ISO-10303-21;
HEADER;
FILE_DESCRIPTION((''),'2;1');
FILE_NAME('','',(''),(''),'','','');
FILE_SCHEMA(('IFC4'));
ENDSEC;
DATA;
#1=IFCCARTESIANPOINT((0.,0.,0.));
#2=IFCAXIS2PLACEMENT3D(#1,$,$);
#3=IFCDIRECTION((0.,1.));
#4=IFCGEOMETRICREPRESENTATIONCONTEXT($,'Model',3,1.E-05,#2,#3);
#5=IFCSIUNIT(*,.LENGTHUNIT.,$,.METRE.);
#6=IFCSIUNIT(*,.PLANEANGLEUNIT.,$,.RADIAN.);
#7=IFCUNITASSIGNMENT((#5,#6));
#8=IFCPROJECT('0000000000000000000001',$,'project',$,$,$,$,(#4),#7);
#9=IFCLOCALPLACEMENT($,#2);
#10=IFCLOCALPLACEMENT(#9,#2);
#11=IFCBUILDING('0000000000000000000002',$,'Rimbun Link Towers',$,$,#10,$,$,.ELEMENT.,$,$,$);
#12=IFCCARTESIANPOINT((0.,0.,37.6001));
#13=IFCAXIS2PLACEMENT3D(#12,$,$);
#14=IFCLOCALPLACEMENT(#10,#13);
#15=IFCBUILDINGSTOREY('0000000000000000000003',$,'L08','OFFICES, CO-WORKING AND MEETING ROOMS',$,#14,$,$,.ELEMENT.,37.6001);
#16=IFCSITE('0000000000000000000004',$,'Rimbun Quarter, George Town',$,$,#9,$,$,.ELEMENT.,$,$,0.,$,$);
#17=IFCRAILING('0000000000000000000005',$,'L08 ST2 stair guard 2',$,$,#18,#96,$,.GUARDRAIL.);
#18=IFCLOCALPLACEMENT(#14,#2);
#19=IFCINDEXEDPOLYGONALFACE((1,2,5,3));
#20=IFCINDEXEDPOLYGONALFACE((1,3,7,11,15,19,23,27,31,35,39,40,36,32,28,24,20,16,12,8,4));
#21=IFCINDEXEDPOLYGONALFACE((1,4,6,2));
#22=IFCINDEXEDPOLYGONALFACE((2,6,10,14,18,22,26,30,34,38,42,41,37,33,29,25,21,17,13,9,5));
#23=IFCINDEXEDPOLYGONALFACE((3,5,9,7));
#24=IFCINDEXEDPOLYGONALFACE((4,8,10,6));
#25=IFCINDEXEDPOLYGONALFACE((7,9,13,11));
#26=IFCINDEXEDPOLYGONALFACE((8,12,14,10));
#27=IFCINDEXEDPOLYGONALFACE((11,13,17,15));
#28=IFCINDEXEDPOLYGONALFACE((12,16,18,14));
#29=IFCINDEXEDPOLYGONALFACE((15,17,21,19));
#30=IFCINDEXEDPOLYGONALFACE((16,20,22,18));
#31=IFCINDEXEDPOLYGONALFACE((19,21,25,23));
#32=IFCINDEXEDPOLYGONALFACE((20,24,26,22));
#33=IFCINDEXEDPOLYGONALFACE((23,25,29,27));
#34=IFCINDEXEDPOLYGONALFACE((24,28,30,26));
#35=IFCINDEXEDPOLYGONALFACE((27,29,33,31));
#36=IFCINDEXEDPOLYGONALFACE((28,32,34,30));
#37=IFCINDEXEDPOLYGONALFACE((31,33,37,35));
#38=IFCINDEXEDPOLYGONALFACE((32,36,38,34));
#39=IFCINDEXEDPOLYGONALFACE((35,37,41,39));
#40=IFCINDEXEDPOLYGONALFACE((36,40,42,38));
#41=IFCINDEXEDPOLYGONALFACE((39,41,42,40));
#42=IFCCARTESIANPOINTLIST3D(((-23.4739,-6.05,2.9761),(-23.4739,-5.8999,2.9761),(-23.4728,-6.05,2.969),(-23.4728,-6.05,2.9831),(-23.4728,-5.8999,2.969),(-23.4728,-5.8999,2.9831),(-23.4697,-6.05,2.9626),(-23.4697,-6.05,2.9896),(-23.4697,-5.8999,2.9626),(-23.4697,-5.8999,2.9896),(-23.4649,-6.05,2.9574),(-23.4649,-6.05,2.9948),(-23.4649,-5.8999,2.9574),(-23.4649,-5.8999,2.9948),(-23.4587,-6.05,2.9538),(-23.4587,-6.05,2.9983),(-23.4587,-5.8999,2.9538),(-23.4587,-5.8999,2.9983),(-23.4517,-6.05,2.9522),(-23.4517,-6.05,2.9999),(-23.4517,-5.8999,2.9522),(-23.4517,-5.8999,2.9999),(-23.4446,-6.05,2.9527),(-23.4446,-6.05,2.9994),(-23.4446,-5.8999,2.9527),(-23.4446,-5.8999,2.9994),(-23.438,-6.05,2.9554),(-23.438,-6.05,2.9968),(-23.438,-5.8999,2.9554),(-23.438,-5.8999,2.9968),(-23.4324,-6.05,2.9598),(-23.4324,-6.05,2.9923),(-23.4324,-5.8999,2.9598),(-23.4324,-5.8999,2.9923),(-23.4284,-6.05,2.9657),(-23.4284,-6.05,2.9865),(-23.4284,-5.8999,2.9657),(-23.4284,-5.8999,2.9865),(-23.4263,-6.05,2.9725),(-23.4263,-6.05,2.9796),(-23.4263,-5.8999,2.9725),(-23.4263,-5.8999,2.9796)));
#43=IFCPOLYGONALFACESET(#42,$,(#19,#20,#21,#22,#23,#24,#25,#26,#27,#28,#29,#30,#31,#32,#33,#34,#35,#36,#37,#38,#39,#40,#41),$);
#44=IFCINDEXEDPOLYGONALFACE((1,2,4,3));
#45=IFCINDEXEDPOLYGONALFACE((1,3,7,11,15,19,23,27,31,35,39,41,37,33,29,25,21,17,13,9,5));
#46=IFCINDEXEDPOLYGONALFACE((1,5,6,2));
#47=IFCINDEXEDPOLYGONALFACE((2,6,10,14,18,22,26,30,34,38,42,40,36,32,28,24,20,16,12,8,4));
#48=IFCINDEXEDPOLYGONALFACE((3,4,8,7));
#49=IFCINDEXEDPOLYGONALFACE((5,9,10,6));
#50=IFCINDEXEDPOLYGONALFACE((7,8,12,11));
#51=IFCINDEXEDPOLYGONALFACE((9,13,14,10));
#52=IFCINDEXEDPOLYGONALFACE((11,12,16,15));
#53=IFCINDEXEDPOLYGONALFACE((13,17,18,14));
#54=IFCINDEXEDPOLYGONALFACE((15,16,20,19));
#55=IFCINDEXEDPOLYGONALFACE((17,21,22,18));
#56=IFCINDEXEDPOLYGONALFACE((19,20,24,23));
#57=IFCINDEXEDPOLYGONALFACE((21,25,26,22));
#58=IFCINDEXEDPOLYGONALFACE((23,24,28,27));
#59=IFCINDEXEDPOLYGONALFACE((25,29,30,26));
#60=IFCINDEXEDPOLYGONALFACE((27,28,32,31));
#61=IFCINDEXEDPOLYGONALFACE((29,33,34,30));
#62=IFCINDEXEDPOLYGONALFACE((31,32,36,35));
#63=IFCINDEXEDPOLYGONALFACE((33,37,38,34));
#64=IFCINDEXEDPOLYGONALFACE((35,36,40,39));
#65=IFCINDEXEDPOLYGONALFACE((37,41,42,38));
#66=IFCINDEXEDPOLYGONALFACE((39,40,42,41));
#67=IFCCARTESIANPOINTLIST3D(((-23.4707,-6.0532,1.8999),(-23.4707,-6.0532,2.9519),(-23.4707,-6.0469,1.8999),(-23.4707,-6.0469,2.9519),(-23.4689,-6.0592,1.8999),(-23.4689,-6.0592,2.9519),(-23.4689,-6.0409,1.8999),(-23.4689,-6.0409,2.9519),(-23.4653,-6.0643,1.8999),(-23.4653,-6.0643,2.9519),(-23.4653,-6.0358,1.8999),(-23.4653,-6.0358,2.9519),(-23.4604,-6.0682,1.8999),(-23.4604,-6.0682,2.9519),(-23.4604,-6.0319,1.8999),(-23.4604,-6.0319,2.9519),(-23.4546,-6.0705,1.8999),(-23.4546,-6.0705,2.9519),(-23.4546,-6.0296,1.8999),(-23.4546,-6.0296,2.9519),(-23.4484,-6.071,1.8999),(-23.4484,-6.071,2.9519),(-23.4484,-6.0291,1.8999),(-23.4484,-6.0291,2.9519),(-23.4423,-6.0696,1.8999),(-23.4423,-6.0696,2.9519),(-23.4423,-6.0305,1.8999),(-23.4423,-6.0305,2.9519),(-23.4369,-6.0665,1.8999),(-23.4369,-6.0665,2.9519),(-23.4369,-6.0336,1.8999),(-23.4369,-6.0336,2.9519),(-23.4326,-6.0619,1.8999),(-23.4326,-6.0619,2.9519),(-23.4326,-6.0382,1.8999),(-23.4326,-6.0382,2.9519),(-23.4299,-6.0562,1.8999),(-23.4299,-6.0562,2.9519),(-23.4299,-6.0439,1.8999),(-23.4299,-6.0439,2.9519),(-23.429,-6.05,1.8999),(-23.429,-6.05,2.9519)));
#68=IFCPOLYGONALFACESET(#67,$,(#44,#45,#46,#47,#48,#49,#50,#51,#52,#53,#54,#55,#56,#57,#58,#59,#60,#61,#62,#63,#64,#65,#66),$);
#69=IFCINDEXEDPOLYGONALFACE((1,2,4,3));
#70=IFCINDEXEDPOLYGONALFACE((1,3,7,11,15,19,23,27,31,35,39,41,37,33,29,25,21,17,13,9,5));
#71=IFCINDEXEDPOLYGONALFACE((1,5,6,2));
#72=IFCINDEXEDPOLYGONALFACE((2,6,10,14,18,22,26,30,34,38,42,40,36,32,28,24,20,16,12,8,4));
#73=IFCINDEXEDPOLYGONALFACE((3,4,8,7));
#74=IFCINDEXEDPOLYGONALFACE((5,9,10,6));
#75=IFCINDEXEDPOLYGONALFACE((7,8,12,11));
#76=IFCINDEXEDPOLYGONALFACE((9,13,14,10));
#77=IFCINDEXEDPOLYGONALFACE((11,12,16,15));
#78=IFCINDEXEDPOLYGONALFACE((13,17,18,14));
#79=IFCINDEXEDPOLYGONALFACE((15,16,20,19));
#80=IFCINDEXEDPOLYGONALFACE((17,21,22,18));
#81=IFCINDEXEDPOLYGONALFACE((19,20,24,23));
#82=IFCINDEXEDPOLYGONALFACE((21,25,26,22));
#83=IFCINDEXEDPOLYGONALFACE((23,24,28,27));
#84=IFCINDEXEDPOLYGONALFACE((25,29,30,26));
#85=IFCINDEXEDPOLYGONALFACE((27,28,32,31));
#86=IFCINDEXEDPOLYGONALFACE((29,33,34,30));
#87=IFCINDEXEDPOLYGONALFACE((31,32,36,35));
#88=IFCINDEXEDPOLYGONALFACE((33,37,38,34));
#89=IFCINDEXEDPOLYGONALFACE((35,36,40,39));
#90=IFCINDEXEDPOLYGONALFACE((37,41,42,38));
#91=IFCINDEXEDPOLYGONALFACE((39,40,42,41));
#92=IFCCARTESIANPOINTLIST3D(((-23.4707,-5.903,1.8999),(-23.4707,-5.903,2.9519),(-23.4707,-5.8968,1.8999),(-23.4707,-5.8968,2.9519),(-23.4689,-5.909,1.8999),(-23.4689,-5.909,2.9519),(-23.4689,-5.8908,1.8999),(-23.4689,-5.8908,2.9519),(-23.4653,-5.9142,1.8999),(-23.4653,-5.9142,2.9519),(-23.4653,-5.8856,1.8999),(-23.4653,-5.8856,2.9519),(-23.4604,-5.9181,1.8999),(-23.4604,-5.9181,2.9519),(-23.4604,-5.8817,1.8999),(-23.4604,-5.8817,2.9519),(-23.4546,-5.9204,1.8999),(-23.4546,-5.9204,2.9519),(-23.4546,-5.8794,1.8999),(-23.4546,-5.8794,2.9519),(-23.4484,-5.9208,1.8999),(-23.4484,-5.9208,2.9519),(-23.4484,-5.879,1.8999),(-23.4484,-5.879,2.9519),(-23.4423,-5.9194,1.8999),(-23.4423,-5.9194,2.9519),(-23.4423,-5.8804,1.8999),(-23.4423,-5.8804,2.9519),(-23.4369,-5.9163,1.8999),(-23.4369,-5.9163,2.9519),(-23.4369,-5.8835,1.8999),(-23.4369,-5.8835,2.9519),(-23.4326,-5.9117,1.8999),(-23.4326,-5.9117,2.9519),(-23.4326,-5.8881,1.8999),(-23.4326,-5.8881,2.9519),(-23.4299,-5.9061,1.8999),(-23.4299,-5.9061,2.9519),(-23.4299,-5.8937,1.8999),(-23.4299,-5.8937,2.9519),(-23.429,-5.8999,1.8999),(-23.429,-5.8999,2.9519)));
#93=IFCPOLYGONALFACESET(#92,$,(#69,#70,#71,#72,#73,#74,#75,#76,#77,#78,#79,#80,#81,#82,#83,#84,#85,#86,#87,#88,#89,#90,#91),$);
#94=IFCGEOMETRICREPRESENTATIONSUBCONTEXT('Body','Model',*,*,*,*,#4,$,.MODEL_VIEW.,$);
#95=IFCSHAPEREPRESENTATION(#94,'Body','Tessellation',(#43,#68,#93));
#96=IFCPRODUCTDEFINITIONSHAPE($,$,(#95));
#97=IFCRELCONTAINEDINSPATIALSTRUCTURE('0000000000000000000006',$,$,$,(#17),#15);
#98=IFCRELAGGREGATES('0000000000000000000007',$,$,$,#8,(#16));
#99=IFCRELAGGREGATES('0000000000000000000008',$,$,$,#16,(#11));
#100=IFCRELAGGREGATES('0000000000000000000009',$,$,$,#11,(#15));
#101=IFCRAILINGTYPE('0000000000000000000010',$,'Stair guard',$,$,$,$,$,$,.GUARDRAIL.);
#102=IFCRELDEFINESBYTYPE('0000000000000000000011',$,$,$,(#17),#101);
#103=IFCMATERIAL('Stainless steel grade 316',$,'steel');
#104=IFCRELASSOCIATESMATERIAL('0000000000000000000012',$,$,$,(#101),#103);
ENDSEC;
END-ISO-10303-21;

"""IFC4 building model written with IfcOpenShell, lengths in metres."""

from ifc_helpers import new_model, si_unit, direction, frame, origin, origin_2d, place, context, subcontext, project, spatial, circle, extrude, material, type_object, element, save


model = new_model("IFC4")

# Units and contexts
model_context = context("Model", 3, precision=1e-05, world=origin(), true_north=direction((0.0, 1.0)))
body_context = subcontext(model_context, "Body", "Model", "MODEL_VIEW")
ifc_project = project(units=[si_unit("LENGTHUNIT", "METRE"), si_unit("PLANEANGLEUNIT", "RADIAN")], contexts=[model_context])

# Site, building, storey
site_placement = place(None, origin())
site = spatial("IfcSite", under=ifc_project, at=site_placement, Name="Rimbun Quarter, George Town", CompositionType="ELEMENT", RefElevation=0.0)
building_placement = place(site_placement, origin())
building = spatial("IfcBuilding", under=site, at=building_placement, Name="Rimbun Link Towers", CompositionType="ELEMENT")
storey_placement = place(building_placement, frame((0.0, 0.0, 37.6001)))
storey = spatial("IfcBuildingStorey", under=building, at=storey_placement, Name="L08", Description="OFFICES, CO-WORKING AND MEETING ROOMS", CompositionType="ELEMENT", Elevation=37.6001)

# Railing
ifc_material_1 = material(Name="Stainless steel grade 316", Category="steel")
railing_type_1 = type_object("IfcRailingType", Name="Stair guard", PredefinedType="GUARDRAIL", material=ifc_material_1)
railing_1_placement = place(storey_placement, frame((-23.45, -6.05, 1.8999)))
element("IfcRailing", 1, at=railing_1_placement, inside=storey, type_object=railing_type_1, Name="L08 ST2 stair guard 2", PredefinedType="GUARDRAIL", context=body_context, shape_type="SweptSolid", body=[
    extrude(circle(Radius=0.0239, at=origin_2d()), frame((0.0, 0.0, 1.0762), z_axis=(0.0, 1.0, 0.0), x_axis=(-1.0, 0.0, 0.0)), (0.0, 0.0, 1.0), 0.1501),
    extrude(circle(Radius=0.021, at=origin_2d()), origin(), (0.0, 0.0, 1.0), 1.052),
    extrude(circle(Radius=0.021, at=origin_2d()), frame((0.0, 0.1501, 0.0)), (0.0, 0.0, 1.0), 1.052),
])

save(model, "model.ifc")
